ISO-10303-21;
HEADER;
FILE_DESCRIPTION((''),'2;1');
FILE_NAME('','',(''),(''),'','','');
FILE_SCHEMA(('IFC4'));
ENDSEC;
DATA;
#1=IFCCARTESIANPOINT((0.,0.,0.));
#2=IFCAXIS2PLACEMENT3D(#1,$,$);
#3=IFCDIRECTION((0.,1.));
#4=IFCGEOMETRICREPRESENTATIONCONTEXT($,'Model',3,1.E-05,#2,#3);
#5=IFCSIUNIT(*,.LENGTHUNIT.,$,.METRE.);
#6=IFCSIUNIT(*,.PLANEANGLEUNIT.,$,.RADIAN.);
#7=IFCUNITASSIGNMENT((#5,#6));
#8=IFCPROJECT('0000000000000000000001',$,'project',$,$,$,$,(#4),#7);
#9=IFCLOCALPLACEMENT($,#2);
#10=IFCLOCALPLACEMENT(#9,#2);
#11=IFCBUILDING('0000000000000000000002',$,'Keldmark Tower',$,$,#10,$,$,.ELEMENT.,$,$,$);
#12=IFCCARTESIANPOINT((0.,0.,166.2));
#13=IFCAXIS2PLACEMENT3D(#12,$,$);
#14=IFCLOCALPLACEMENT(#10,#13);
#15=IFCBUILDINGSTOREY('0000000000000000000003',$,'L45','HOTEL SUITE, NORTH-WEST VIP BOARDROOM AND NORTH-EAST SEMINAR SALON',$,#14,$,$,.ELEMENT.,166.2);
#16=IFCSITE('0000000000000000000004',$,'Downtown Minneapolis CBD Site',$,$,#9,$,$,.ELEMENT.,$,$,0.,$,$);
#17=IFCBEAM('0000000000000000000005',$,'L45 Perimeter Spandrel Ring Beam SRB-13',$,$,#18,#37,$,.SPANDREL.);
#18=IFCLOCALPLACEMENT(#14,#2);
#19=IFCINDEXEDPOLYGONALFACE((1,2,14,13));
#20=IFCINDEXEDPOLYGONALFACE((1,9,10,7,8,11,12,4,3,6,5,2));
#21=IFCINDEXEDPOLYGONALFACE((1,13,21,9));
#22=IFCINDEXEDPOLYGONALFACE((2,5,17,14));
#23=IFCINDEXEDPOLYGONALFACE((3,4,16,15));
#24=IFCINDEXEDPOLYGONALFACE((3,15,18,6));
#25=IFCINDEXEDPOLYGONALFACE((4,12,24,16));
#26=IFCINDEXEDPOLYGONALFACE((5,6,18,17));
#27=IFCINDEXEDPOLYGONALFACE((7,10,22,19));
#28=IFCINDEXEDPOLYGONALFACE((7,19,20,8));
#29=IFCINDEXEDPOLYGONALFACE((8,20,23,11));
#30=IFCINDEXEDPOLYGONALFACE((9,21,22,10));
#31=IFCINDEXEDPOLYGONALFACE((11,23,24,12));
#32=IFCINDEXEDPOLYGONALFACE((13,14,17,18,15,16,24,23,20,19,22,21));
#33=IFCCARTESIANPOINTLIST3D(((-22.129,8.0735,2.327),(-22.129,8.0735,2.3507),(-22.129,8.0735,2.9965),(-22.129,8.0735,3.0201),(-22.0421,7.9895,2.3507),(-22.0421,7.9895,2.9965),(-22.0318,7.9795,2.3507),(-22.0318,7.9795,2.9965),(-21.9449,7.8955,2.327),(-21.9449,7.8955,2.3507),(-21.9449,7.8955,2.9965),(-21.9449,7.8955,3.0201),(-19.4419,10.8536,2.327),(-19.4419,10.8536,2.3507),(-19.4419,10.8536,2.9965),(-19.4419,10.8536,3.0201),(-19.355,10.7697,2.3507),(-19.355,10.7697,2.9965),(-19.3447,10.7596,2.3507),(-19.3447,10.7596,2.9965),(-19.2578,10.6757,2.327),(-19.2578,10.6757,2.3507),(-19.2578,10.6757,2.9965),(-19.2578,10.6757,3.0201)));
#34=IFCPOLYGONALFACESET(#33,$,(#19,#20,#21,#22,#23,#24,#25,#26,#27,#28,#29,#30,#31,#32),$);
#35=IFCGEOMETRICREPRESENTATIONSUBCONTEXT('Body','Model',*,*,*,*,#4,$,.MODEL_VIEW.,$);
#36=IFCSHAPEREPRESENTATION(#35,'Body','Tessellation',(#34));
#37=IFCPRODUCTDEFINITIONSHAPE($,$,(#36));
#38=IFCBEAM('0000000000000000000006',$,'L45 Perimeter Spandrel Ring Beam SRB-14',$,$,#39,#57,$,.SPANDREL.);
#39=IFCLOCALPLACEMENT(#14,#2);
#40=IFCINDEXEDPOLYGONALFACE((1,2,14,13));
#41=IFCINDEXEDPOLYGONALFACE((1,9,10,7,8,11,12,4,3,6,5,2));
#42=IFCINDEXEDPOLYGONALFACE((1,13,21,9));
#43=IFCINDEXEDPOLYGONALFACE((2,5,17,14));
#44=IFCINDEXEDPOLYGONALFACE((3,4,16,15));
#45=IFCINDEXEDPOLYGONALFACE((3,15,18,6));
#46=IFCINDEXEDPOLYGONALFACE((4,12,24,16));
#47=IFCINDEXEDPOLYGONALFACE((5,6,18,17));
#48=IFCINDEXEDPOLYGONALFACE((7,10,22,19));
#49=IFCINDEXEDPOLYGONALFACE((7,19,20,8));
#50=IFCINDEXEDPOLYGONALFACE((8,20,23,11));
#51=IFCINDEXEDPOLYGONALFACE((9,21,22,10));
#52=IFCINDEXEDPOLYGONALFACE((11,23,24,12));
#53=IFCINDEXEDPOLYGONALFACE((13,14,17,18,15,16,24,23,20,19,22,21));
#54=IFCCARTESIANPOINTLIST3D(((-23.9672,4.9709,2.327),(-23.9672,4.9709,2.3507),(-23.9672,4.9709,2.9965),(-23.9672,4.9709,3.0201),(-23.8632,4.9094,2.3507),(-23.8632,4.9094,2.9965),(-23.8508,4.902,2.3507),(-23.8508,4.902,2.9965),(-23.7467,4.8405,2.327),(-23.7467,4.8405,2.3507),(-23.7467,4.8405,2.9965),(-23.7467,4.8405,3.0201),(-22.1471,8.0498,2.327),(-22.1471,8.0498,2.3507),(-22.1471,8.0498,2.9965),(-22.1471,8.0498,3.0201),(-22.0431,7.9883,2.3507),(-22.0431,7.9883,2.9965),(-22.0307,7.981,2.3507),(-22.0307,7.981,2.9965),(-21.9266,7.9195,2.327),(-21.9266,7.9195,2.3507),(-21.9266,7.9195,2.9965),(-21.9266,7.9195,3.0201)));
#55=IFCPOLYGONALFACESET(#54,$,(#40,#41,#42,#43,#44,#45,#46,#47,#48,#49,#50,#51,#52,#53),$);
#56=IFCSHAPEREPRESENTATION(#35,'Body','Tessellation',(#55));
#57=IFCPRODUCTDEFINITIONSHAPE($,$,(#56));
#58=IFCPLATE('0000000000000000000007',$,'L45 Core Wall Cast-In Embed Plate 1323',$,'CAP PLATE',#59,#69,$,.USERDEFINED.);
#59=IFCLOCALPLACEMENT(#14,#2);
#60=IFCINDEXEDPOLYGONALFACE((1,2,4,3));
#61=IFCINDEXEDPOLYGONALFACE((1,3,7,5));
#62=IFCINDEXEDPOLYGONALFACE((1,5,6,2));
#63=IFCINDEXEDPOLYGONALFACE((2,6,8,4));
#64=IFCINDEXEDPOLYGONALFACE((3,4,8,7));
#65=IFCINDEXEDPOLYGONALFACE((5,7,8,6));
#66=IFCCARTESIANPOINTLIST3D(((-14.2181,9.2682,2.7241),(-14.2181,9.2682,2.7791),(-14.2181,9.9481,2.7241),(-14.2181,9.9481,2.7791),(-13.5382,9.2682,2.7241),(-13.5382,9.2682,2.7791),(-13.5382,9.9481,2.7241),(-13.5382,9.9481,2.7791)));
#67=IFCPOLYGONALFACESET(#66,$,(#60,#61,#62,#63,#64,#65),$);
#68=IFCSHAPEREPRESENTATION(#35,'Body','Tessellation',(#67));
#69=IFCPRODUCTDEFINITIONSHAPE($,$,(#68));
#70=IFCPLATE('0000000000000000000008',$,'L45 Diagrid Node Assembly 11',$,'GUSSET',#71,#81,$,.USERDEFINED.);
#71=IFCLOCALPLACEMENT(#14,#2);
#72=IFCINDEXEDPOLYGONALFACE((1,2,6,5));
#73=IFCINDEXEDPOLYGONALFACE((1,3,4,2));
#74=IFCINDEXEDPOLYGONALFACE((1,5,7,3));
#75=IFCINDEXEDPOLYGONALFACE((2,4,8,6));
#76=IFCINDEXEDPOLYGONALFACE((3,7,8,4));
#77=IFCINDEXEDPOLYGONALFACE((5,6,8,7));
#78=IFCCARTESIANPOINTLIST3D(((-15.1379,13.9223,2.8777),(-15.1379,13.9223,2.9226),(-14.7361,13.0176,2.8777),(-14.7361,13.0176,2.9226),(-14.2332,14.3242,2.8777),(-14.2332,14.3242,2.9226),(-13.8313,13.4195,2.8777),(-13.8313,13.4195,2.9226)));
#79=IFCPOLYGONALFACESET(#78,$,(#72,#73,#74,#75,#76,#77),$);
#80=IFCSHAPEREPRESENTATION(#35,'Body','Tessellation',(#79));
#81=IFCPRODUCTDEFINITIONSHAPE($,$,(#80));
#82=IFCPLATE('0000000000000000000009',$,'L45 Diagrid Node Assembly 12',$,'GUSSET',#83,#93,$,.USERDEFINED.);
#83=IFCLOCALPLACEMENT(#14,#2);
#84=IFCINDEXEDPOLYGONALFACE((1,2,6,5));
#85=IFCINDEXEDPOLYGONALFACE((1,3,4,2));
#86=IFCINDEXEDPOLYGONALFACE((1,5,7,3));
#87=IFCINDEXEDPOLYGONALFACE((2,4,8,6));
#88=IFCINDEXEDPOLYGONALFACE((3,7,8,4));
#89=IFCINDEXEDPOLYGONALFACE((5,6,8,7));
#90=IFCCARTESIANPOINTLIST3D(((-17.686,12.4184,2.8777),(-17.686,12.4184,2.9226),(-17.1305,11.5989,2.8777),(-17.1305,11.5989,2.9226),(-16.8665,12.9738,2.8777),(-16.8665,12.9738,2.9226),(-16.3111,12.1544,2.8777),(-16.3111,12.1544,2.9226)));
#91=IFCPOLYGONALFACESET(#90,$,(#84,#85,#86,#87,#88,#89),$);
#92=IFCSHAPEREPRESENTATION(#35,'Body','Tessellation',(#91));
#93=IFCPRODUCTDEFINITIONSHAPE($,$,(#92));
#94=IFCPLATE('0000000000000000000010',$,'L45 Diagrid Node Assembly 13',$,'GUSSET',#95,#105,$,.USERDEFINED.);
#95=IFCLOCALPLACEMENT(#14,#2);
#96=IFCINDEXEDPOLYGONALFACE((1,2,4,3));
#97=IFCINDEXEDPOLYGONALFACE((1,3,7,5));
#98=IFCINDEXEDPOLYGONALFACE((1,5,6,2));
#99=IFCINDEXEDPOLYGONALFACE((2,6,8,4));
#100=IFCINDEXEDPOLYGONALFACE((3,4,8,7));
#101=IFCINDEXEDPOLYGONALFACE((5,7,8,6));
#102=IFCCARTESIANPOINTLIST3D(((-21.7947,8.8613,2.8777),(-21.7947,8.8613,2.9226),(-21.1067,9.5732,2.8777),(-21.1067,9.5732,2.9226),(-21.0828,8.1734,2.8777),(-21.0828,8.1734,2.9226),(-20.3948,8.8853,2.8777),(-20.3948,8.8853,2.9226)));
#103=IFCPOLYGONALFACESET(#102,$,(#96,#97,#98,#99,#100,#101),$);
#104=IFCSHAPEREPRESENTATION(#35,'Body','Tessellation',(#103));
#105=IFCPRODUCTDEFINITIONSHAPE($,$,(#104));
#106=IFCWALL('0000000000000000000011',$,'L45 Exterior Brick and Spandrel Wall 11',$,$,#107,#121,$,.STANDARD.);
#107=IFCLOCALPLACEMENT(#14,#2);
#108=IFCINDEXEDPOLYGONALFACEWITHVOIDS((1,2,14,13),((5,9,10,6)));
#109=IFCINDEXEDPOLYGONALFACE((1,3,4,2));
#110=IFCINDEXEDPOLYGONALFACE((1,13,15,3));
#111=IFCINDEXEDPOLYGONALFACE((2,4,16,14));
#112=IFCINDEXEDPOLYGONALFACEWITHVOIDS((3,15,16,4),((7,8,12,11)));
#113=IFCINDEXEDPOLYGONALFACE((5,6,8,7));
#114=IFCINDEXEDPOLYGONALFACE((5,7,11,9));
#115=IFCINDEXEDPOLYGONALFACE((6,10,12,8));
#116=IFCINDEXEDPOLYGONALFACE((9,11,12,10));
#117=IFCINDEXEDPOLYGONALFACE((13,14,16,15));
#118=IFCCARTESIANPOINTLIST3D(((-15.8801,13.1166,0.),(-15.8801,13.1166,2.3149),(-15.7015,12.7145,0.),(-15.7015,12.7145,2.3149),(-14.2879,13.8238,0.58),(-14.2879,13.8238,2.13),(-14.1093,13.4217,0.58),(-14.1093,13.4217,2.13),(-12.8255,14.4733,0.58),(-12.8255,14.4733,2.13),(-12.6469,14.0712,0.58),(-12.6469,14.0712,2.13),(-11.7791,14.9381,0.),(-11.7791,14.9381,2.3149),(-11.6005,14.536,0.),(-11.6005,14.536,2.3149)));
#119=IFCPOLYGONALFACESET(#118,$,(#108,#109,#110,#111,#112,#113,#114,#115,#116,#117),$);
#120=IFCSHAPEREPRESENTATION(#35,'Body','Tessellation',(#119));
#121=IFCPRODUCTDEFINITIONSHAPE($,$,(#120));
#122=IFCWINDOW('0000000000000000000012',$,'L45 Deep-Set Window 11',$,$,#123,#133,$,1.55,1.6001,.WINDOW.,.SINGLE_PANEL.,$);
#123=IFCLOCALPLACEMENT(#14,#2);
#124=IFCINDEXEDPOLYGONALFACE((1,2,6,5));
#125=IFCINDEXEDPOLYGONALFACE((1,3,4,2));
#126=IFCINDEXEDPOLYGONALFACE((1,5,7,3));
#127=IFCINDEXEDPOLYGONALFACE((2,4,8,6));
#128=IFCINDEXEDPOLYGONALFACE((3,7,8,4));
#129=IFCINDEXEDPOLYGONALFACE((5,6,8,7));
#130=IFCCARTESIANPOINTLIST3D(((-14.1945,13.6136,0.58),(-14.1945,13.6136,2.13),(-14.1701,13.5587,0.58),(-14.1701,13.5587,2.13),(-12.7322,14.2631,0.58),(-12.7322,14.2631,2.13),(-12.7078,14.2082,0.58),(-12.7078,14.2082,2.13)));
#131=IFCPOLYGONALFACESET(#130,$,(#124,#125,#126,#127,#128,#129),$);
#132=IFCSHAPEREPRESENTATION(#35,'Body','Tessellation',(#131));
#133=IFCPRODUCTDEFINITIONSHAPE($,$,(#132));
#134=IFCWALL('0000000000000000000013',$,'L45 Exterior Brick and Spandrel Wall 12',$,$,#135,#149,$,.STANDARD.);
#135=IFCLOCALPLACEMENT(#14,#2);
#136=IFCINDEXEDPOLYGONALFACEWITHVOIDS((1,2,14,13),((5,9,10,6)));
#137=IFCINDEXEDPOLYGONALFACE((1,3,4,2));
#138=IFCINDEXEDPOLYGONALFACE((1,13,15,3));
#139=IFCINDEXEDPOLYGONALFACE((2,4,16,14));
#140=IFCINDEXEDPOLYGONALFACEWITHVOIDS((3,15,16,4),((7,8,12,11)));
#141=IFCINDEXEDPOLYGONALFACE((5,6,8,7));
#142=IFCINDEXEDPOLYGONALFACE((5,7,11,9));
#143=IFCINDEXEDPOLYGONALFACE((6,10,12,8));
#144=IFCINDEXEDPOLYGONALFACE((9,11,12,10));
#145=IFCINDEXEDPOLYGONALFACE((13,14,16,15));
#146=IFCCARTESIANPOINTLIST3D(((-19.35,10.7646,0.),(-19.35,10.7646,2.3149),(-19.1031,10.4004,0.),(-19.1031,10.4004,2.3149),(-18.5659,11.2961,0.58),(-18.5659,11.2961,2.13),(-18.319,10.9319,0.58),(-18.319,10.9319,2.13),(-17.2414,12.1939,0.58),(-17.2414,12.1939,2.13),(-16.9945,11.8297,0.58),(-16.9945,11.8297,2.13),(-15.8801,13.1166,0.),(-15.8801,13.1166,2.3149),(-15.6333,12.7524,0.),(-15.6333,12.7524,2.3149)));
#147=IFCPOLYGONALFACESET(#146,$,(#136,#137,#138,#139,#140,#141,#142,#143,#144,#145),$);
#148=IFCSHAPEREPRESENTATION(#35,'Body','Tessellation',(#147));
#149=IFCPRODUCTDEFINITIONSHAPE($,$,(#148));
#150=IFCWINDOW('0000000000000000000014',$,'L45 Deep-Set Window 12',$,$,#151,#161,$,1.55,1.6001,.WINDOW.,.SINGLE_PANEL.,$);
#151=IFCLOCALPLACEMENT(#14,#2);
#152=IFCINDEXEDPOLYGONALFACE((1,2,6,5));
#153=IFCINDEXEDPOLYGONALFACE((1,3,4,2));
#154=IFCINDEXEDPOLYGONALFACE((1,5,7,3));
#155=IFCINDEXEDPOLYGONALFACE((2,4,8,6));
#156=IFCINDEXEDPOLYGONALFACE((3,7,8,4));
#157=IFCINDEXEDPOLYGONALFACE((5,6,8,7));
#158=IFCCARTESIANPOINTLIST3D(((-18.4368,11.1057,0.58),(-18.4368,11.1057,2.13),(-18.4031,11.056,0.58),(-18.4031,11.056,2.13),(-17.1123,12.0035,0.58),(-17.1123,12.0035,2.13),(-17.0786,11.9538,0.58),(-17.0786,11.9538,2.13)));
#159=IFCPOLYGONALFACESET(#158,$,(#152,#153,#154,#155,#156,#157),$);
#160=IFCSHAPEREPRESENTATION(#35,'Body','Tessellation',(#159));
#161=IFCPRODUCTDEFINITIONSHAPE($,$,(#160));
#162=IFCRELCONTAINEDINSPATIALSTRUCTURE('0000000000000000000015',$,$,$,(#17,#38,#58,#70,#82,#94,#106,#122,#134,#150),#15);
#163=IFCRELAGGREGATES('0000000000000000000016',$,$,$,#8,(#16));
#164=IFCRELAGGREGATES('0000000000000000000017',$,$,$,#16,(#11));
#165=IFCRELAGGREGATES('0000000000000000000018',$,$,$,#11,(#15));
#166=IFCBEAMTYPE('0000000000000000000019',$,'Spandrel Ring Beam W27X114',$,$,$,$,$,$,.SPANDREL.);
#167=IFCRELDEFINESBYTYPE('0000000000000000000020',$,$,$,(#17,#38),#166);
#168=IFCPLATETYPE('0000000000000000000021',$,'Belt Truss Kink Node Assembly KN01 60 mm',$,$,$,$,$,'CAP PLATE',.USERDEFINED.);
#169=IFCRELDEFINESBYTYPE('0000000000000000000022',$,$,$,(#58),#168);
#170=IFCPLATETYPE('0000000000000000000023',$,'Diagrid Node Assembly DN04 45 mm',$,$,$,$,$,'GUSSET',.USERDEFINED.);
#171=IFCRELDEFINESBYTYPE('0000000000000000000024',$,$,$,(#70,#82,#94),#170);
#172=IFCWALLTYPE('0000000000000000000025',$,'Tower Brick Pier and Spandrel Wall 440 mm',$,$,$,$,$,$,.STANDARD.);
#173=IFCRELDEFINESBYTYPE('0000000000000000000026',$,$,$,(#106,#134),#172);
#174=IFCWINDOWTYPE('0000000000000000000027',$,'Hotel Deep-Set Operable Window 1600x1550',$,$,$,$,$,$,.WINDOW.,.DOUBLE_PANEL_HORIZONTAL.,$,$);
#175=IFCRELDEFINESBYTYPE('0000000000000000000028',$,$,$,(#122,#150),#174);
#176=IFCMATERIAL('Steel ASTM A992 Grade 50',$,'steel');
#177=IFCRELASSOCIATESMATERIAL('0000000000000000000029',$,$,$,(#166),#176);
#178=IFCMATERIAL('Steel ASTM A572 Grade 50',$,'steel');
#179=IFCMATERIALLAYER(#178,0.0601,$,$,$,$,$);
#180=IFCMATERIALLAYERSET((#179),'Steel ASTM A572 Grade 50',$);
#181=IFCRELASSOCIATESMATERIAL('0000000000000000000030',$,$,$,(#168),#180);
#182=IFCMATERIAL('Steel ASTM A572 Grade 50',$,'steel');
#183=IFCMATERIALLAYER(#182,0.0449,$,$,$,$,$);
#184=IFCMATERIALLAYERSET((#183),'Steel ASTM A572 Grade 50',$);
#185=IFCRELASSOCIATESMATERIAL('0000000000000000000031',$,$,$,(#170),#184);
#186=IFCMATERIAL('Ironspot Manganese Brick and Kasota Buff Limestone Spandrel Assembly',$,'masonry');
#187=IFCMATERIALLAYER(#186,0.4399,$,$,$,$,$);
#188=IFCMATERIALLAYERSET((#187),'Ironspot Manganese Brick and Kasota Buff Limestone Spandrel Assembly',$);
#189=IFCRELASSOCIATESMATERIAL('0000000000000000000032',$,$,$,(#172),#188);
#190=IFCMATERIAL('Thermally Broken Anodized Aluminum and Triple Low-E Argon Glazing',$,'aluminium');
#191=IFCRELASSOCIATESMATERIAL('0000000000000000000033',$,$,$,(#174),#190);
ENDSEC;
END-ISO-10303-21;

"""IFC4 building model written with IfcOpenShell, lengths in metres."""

from ifc_helpers import new_model, si_unit, direction, frame, frame_2d, origin, origin_2d, place, context, subcontext, project, spatial, rectangle, i_section, extrude, material, layer, layer_set, material_profile, profile_set, type_object, element, fill, save


model = new_model("IFC4")

# Units and contexts
model_context = context("Model", 3, precision=1e-05, world=origin(), true_north=direction((0.0, 1.0)))
body_context = subcontext(model_context, "Body", "Model", "MODEL_VIEW")
ifc_project = project(units=[si_unit("LENGTHUNIT", "METRE"), si_unit("PLANEANGLEUNIT", "RADIAN")], contexts=[model_context])

# Site, building, storey
site_placement = place(None, origin())
site = spatial("IfcSite", under=ifc_project, at=site_placement, Name="Downtown Minneapolis CBD Site", CompositionType="ELEMENT", RefElevation=0.0)
building_placement = place(site_placement, origin())
building = spatial("IfcBuilding", under=site, at=building_placement, Name="Keldmark Tower", CompositionType="ELEMENT")
storey_placement = place(building_placement, frame((0.0, 0.0, 166.2)))
storey = spatial("IfcBuildingStorey", under=building, at=storey_placement, Name="L45", Description="HOTEL SUITE, NORTH-WEST VIP BOARDROOM AND NORTH-EAST SEMINAR SALON", CompositionType="ELEMENT", Elevation=166.2)

# Beams
ifc_material_1 = material(Name="Steel ASTM A992 Grade 50", Category="steel")
ifc_material_profile_1 = material_profile(ifc_material_1, i_section(OverallWidth=0.2561, OverallDepth=0.6931, WebThickness=0.0144, FlangeThickness=0.0237, at=origin_2d()), Name="W27X114")
ifc_profile_set_1 = profile_set([ifc_material_profile_1], Name="Steel ASTM A992 Grade 50")
beam_type_1 = type_object("IfcBeamType", Name="Spandrel Ring Beam W27X114", PredefinedType="SPANDREL", material=ifc_profile_set_1)
beam_1_placement = place(storey_placement, frame((-19.3499, 10.7646, 2.6736), z_axis=(-0.694975, -0.719034, 0.0), x_axis=(0.719034, -0.694975, 0.0)))
element("IfcBeam", 1, at=beam_1_placement, inside=storey, type_object=beam_type_1, Name="L45 Perimeter Spandrel Ring Beam SRB-13", PredefinedType="SPANDREL", context=body_context, shape_type="SweptSolid", body=[
    extrude(i_section(OverallWidth=0.2561, OverallDepth=0.6931, WebThickness=0.0144, FlangeThickness=0.0237, at=origin_2d()), origin(), (0.0, 0.0, 1.0), 3.8665),
])
beam_2_placement = place(storey_placement, frame((-22.0369, 7.9846, 2.6736), z_axis=(-0.508883, -0.860835, 0.0), x_axis=(0.860835, -0.508883, 0.0)))
element("IfcBeam", 2, at=beam_2_placement, inside=storey, type_object=beam_type_1, Name="L45 Perimeter Spandrel Ring Beam SRB-14", PredefinedType="SPANDREL", context=body_context, shape_type="SweptSolid", body=[
    extrude(i_section(OverallWidth=0.2561, OverallDepth=0.6931, WebThickness=0.0144, FlangeThickness=0.0237, at=origin_2d()), origin(), (0.0, 0.0, 1.0), 3.5767),
])

# Plates
ifc_material_2 = material(Name="Steel ASTM A572 Grade 50", Category="steel")
ifc_layer_1 = layer(ifc_material_2, 0.0601)
ifc_layer_set_1 = layer_set([ifc_layer_1], Name="Steel ASTM A572 Grade 50")
plate_type_1 = type_object("IfcPlateType", Name="Belt Truss Kink Node Assembly KN01 60 mm", ElementType="CAP PLATE", PredefinedType="USERDEFINED", material=ifc_layer_set_1)
plate_placement = place(storey_placement, frame((-13.8782, 9.6082, 2.7241), z_axis=(0.0, 0.0, 1.0), x_axis=(1.0, 0.0, 0.0)))
element("IfcPlate", 3, at=plate_placement, inside=storey, type_object=plate_type_1, Name="L45 Core Wall Cast-In Embed Plate 1323", ObjectType="CAP PLATE", PredefinedType="USERDEFINED", context=body_context, shape_type="SweptSolid", body=[
    extrude(rectangle(XDim=0.6799, YDim=0.6799, at=origin_2d()), origin(), (0.0, 0.0, 1.0), 0.0549),
])
ifc_material_3 = material(Name="Steel ASTM A572 Grade 50", Category="steel")
ifc_layer_2 = layer(ifc_material_3, 0.0449)
ifc_layer_set_2 = layer_set([ifc_layer_2], Name="Steel ASTM A572 Grade 50")
plate_type_2 = type_object("IfcPlateType", Name="Diagrid Node Assembly DN04 45 mm", ElementType="GUSSET", PredefinedType="USERDEFINED", material=ifc_layer_set_2)
for number, where, z_axis, x_axis, name in (
    (4, (-14.4846, 13.6709, 2.8777), (0.0, 0.0, 1.0), (-0.9139, -0.405939, 0.0), "L45 Diagrid Node Assembly 11"),
    (5, (-16.9985, 12.2864, 2.8777), (0.0, 0.0, 1.0), (-0.827767, -0.561072, 0.0), "L45 Diagrid Node Assembly 12"),
    (6, (-21.0947, 8.8733, 2.8777), (0.0, 0.0, 1.0), (-0.694909, -0.719097, 0.0), "L45 Diagrid Node Assembly 13"),
):
    element("IfcPlate", number, at=place(storey_placement, frame(where, z_axis=z_axis, x_axis=x_axis)), inside=storey, type_object=plate_type_2, Name=name, ObjectType="GUSSET", PredefinedType="USERDEFINED", context=body_context, shape_type="SweptSolid", body=[
        extrude(rectangle(XDim=0.99, YDim=0.99, at=origin_2d()), origin(), (0.0, 0.0, 1.0), 0.0449),
    ])

# Walls, openings, windows
ifc_material_4 = material(Name="Ironspot Manganese Brick and Kasota Buff Limestone Spandrel Assembly", Category="masonry")
ifc_layer_3 = layer(ifc_material_4, 0.4399)
ifc_layer_set_3 = layer_set([ifc_layer_3], Name="Ironspot Manganese Brick and Kasota Buff Limestone Spandrel Assembly")
wall_type_1 = type_object("IfcWallType", Name="Tower Brick Pier and Spandrel Wall 440 mm", PredefinedType="STANDARD", material=ifc_layer_set_3)
wall_1_placement = place(storey_placement, frame((-15.7908, 12.9155, 0.0), z_axis=(0.0, 0.0, 1.0), x_axis=(0.913908, 0.405921, 0.0)))
wall_1 = element("IfcWall", 7, at=wall_1_placement, inside=storey, type_object=wall_type_1, Name="L45 Exterior Brick and Spandrel Wall 11", PredefinedType="STANDARD", context=body_context, shape_type="SweptSolid", body=[
    extrude(rectangle(XDim=4.4873, YDim=0.4399, at=frame_2d((2.2437, 0.0))), origin(), (0.0, 0.0, 1.0), 2.3149),
])
opening_1_placement = place(wall_1_placement, frame((1.7422, 0.0, 0.5801)))
opening_1 = element("IfcOpeningElement", 8, at=opening_1_placement, cuts=wall_1, PredefinedType="OPENING", context=body_context, shape_type="SweptSolid", body=[
    extrude(rectangle(XDim=1.6001, YDim=1.55, at=frame_2d((0.8, 0.7749))), frame((0.0, 0.23, 0.0), z_axis=(0.0, -1.0, 0.0), x_axis=(1.0, 0.0, 0.0)), (0.0, 0.0, 1.0), 0.46),
])
ifc_material_5 = material(Name="Thermally Broken Anodized Aluminum and Triple Low-E Argon Glazing", Category="aluminium")
window_type = type_object("IfcWindowType", Name="Hotel Deep-Set Operable Window 1600x1550", PartitioningType="DOUBLE_PANEL_HORIZONTAL", PredefinedType="WINDOW", material=ifc_material_5)
window_1_placement = place(opening_1_placement, origin())
window_1 = element("IfcWindow", 9, at=window_1_placement, inside=storey, type_object=window_type, Name="L45 Deep-Set Window 11", OverallHeight=1.55, OverallWidth=1.6001, PartitioningType="SINGLE_PANEL", PredefinedType="WINDOW", context=body_context, shape_type="SweptSolid", body=[
    extrude(rectangle(XDim=1.6001, YDim=1.55, at=frame_2d((0.8, 0.7749))), frame((0.0, -0.01, 0.0), z_axis=(0.0, -1.0, 0.0), x_axis=(1.0, 0.0, 0.0)), (0.0, 0.0, 1.0), 0.0601),
])
fill(opening_1, window_1)
wall_2_placement = place(storey_placement, frame((-19.2266, 10.5825, 0.0), z_axis=(0.0, 0.0, 1.0), x_axis=(0.827761, 0.561081, 0.0)))
wall_2 = element("IfcWall", 10, at=wall_2_placement, inside=storey, type_object=wall_type_1, Name="L45 Exterior Brick and Spandrel Wall 12", PredefinedType="STANDARD", context=body_context, shape_type="SweptSolid", body=[
    extrude(rectangle(XDim=4.1919, YDim=0.4399, at=frame_2d((2.0959, 0.0))), origin(), (0.0, 0.0, 1.0), 2.3149),
])
opening_2_placement = place(wall_2_placement, frame((0.9473, 0.0, 0.5801)))
opening_2 = element("IfcOpeningElement", 11, at=opening_2_placement, cuts=wall_2, PredefinedType="OPENING", context=body_context, shape_type="SweptSolid", body=[
    extrude(rectangle(XDim=1.6001, YDim=1.55, at=frame_2d((0.8, 0.7749))), frame((0.0, 0.23, 0.0), z_axis=(0.0, -1.0, 0.0), x_axis=(1.0, 0.0, 0.0)), (0.0, 0.0, 1.0), 0.46),
])
window_2_placement = place(opening_2_placement, origin())
window_2 = element("IfcWindow", 12, at=window_2_placement, inside=storey, type_object=window_type, Name="L45 Deep-Set Window 12", OverallHeight=1.55, OverallWidth=1.6001, PartitioningType="SINGLE_PANEL", PredefinedType="WINDOW", context=body_context, shape_type="SweptSolid", body=[
    extrude(rectangle(XDim=1.6001, YDim=1.55, at=frame_2d((0.8, 0.7749))), frame((0.0, -0.01, 0.0), z_axis=(0.0, -1.0, 0.0), x_axis=(1.0, 0.0, 0.0)), (0.0, 0.0, 1.0), 0.0601),
])
fill(opening_2, window_2)

save(model, "model.ifc")
